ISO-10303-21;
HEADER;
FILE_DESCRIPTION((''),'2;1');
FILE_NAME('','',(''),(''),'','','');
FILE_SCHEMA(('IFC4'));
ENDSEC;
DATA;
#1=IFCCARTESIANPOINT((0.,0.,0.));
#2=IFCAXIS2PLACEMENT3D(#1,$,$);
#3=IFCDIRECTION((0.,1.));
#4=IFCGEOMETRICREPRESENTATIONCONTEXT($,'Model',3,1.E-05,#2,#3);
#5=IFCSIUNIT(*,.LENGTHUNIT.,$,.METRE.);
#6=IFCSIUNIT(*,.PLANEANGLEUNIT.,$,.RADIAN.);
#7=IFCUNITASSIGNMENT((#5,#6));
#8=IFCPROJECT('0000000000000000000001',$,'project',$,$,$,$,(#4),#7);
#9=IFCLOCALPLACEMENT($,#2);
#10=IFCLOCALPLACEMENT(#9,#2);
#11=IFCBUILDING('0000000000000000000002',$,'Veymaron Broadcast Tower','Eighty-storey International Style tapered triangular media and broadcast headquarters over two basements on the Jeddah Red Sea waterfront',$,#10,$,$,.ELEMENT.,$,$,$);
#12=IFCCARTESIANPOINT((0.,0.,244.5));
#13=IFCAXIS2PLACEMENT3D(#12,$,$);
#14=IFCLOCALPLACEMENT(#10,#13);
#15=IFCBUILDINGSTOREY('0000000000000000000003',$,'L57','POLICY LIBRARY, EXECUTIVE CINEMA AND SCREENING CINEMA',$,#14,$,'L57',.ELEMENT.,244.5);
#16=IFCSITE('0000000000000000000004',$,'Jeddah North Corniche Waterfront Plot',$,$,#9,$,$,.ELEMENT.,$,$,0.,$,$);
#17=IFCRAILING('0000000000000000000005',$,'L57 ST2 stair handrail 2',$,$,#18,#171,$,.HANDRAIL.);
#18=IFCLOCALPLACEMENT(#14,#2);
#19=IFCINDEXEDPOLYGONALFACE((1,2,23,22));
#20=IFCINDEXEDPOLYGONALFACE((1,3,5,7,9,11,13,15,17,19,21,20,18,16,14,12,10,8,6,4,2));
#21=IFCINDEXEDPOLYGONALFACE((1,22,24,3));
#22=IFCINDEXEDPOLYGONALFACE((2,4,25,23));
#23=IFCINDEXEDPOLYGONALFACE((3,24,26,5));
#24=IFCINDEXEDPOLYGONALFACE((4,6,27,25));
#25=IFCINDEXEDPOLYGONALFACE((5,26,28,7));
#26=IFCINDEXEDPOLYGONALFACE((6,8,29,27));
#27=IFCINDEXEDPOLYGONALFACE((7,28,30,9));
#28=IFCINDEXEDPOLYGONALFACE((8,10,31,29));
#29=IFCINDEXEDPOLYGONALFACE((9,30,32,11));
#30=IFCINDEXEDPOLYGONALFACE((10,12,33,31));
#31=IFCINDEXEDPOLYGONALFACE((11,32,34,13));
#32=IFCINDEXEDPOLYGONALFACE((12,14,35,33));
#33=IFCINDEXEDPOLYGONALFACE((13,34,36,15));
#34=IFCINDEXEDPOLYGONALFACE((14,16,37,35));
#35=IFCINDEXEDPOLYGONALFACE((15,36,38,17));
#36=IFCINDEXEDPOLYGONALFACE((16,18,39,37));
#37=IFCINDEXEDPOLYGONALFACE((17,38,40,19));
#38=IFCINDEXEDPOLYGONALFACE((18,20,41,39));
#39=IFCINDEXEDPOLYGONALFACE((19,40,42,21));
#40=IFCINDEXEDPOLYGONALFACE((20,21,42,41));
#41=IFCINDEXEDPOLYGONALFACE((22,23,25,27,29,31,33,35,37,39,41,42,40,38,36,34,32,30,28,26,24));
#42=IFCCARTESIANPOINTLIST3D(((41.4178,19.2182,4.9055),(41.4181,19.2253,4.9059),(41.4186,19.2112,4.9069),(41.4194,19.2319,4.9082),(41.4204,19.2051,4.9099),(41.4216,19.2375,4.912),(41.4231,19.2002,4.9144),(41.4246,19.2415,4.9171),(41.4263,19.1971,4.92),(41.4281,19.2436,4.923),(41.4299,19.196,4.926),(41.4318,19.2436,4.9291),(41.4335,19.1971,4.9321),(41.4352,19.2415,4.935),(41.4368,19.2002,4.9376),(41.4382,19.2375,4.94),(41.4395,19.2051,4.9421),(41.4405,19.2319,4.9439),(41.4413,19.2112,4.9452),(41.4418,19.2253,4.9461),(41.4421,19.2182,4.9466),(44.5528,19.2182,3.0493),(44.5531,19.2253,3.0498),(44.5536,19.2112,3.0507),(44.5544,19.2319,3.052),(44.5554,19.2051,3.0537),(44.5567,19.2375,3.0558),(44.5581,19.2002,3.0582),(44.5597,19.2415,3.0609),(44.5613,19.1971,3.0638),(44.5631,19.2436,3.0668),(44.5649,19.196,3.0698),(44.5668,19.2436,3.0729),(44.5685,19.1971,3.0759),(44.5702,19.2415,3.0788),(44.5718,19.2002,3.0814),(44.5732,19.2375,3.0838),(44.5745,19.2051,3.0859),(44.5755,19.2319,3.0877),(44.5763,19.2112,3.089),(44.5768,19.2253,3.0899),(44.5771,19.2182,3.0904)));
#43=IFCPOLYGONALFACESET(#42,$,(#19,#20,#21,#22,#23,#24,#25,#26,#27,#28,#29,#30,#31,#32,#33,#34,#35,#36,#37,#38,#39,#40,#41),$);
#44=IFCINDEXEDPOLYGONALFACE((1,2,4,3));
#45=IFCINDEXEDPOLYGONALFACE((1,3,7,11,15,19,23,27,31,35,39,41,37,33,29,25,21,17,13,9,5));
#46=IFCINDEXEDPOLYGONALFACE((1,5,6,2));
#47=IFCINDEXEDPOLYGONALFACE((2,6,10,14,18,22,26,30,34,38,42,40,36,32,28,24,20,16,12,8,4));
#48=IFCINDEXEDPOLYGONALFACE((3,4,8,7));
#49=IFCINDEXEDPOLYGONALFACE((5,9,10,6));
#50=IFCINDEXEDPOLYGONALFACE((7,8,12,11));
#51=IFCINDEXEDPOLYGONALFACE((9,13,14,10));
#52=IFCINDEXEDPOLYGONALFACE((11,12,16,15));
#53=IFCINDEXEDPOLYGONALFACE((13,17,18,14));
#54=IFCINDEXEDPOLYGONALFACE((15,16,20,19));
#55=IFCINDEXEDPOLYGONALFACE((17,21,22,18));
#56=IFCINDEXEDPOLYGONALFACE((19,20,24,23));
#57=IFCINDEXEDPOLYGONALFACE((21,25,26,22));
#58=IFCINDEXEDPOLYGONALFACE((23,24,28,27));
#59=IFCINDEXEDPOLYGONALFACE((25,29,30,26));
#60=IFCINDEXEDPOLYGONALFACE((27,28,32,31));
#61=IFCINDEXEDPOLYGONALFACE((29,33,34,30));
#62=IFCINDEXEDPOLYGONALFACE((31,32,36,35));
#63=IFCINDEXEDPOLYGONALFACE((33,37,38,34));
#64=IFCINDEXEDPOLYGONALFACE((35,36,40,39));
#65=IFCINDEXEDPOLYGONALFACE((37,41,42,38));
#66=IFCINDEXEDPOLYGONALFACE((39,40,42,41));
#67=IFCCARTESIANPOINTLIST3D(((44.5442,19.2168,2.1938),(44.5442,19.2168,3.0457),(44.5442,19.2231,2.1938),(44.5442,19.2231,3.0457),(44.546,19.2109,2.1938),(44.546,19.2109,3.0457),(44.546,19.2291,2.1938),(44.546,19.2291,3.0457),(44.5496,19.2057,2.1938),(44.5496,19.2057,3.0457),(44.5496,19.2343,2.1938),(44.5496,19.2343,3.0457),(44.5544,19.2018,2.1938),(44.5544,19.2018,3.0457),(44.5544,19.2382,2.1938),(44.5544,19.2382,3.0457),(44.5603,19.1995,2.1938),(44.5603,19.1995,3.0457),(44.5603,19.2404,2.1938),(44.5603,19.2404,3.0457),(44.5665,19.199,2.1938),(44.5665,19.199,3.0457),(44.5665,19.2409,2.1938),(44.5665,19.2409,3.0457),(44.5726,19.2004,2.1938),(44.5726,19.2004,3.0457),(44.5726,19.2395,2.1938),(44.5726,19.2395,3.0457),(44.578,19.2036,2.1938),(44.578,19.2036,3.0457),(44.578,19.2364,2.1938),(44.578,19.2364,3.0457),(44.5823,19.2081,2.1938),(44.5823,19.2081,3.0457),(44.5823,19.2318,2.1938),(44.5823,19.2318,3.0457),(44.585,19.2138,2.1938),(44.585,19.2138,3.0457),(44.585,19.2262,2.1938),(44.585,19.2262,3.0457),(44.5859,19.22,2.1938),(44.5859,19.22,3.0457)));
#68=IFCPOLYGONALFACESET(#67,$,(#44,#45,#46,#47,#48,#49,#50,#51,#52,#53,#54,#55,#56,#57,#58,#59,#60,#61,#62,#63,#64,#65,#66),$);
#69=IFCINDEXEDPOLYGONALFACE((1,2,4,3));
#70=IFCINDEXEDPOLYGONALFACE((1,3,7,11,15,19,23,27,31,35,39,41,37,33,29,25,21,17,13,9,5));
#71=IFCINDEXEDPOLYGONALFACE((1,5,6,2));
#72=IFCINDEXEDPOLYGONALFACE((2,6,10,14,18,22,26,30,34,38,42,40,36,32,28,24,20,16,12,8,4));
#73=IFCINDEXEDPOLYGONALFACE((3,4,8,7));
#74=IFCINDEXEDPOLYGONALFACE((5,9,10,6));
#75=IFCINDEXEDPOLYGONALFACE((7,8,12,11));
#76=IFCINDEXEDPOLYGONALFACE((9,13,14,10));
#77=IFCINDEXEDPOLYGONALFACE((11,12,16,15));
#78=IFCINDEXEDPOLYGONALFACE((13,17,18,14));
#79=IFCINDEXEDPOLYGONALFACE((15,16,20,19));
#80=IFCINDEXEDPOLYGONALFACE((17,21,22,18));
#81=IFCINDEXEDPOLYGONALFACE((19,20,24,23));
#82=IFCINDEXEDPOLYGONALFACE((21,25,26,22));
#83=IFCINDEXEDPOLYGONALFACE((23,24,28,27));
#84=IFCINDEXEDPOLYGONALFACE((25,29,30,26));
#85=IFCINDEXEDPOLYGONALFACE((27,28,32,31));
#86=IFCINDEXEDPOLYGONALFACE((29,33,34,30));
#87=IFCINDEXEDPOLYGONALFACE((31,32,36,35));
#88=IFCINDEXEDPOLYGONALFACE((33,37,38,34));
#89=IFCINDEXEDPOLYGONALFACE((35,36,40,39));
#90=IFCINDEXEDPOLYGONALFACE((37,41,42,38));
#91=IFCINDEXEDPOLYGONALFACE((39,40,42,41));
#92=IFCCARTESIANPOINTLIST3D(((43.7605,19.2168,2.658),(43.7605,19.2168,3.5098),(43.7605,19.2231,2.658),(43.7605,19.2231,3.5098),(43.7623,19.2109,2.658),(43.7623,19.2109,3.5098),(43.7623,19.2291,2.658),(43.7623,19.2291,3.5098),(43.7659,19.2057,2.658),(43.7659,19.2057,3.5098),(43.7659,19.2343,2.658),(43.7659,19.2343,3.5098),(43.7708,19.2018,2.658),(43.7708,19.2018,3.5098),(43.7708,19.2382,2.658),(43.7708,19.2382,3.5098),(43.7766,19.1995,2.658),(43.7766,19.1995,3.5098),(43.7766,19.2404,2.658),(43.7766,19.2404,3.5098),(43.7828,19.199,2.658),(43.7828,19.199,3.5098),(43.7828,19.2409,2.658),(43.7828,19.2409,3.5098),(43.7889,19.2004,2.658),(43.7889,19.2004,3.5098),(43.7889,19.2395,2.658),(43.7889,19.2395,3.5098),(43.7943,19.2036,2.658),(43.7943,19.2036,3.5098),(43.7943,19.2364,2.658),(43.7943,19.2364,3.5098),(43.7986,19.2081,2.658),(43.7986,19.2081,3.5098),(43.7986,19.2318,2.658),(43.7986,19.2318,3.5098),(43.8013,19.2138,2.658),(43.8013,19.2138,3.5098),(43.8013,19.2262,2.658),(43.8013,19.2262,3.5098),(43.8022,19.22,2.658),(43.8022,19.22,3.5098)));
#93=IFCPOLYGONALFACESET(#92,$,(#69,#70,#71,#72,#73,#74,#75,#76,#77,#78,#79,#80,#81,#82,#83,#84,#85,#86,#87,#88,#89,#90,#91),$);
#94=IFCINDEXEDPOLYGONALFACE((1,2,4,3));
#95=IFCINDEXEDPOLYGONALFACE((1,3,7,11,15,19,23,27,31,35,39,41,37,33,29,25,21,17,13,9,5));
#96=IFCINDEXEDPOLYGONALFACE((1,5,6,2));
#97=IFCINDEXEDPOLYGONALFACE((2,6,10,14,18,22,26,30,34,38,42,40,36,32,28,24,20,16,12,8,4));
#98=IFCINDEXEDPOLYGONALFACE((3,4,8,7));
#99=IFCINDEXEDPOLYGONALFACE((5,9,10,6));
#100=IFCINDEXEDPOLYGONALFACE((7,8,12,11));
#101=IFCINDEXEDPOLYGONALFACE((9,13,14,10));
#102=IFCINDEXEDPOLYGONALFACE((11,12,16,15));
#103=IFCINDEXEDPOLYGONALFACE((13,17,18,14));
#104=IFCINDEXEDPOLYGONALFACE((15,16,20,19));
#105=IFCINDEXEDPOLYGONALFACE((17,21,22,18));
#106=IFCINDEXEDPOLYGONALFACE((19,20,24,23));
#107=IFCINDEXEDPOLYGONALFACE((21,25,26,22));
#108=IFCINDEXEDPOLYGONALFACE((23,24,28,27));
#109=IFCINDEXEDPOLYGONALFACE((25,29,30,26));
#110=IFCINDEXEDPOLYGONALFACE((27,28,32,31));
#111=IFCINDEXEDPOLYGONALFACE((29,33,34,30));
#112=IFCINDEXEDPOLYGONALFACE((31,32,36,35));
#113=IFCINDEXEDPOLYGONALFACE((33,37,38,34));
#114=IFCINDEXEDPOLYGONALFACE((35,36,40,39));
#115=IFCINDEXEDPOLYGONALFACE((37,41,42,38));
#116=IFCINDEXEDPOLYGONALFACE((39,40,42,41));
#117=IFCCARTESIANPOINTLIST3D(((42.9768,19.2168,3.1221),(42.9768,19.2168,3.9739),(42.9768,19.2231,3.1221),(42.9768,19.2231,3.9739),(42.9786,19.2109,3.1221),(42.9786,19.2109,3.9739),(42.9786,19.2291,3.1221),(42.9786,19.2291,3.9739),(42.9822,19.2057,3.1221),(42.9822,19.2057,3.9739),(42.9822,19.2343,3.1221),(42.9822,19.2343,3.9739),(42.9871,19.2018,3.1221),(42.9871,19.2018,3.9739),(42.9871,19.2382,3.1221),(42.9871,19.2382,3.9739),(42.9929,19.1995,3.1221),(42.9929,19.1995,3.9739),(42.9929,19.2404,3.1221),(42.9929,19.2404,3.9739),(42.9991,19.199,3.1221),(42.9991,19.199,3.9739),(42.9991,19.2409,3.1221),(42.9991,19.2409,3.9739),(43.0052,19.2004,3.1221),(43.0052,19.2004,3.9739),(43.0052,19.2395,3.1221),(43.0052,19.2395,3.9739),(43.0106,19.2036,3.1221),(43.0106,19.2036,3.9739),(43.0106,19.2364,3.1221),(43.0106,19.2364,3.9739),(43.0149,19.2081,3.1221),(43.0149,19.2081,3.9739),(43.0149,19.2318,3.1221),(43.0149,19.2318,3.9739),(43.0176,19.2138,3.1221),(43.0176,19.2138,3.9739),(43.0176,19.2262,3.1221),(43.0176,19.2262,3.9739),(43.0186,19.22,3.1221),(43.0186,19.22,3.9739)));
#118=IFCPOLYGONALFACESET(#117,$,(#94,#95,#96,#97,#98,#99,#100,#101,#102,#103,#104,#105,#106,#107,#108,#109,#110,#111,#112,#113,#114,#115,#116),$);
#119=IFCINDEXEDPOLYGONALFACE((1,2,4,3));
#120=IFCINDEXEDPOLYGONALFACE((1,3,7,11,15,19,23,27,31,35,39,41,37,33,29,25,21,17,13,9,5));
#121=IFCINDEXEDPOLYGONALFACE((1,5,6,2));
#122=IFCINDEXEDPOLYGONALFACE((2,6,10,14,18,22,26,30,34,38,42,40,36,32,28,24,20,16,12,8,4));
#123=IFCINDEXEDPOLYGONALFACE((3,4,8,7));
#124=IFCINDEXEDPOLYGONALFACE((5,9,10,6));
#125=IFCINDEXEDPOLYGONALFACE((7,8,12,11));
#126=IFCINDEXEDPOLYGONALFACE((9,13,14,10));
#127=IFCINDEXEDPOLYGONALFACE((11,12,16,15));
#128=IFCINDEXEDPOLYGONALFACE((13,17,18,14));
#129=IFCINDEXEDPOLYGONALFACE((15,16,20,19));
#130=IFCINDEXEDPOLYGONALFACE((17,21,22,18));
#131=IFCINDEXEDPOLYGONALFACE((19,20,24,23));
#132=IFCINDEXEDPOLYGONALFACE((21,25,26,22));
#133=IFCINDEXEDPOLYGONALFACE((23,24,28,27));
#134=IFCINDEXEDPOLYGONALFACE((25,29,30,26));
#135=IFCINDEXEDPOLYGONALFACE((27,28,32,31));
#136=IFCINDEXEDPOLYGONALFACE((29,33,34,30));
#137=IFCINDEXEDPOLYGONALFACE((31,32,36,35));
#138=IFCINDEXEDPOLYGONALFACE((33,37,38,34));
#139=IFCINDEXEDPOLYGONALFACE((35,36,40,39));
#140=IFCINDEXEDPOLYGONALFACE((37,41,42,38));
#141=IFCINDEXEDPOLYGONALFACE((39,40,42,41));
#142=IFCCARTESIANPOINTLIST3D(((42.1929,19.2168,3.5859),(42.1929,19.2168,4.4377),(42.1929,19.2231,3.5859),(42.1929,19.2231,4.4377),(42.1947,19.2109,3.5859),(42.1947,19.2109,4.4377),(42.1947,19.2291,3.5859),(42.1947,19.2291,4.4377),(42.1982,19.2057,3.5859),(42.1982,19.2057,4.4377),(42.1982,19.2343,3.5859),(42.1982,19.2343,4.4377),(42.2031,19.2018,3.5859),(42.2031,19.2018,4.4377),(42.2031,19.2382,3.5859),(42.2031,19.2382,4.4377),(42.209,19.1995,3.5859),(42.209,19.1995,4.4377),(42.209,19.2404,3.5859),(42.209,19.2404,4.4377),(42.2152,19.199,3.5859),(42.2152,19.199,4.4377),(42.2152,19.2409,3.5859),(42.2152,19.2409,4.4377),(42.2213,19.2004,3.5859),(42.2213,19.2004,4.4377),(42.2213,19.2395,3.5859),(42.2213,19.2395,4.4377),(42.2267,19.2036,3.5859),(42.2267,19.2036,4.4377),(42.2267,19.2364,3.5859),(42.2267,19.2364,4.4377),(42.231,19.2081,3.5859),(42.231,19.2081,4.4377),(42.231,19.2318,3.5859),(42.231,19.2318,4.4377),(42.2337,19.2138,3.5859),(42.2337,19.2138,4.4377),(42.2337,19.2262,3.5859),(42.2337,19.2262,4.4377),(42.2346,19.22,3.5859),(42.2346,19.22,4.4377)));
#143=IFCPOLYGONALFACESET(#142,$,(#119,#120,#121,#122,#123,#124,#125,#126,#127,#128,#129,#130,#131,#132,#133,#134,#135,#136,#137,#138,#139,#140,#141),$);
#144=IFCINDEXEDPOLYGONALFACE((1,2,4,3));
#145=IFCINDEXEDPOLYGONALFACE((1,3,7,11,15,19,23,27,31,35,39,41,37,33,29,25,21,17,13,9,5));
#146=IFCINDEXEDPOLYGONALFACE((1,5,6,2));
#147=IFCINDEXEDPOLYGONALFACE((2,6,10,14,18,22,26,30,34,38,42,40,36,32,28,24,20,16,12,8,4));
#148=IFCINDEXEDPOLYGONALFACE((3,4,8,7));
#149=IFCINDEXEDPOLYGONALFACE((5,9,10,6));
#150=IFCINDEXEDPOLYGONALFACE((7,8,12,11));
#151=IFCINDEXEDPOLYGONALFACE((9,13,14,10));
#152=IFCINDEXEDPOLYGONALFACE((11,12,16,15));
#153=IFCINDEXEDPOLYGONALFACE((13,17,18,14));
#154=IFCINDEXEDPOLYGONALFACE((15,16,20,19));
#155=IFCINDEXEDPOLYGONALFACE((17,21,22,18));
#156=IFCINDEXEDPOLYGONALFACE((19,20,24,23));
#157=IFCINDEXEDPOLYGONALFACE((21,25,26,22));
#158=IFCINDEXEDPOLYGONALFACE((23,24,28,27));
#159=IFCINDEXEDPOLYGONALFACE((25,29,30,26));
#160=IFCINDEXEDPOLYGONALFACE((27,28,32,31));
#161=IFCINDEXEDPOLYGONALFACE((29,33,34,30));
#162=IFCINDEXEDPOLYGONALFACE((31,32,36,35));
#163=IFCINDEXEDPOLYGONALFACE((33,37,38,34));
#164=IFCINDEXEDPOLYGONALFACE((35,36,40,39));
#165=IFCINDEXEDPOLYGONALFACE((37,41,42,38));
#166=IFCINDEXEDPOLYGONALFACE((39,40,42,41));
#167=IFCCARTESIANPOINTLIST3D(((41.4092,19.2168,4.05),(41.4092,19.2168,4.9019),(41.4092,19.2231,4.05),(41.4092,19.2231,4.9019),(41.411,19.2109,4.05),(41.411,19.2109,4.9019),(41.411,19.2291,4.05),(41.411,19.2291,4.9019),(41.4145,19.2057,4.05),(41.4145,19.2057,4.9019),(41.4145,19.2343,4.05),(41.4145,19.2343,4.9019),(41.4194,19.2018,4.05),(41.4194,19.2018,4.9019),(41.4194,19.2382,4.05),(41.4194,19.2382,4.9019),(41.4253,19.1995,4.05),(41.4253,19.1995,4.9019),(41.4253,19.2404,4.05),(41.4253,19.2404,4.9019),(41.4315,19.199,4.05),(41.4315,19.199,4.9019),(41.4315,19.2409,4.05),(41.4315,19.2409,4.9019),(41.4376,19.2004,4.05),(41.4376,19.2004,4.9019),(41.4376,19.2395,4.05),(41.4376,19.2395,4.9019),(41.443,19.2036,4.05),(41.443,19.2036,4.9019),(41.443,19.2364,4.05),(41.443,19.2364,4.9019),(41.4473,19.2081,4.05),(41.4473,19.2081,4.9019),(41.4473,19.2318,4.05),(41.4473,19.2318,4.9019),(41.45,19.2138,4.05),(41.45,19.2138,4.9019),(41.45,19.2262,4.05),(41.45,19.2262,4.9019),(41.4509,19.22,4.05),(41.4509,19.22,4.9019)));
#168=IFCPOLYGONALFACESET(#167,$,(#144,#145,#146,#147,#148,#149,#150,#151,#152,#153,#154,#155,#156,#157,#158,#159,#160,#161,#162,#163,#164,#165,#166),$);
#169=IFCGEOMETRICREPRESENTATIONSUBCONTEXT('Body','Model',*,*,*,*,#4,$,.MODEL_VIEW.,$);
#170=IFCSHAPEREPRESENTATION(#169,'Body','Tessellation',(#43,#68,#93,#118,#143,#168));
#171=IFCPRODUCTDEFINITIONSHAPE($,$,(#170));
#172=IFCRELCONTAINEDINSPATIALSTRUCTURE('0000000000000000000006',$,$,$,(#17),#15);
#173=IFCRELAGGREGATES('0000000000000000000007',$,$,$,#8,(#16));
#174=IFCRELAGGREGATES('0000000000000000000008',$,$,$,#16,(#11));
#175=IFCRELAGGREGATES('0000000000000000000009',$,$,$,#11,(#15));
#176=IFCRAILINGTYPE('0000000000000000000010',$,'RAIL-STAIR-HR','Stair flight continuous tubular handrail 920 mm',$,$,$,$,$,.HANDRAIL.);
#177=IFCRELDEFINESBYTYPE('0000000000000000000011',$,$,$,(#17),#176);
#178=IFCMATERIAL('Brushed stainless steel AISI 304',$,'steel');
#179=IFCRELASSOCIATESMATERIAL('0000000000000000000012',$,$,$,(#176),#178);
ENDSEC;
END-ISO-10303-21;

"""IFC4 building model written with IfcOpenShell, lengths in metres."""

from ifc_helpers import new_model, si_unit, direction, frame, origin, origin_2d, place, context, subcontext, project, spatial, circle, extrude, material, type_object, element, save


model = new_model("IFC4")

# Units and contexts
model_context = context("Model", 3, precision=1e-05, world=origin(), true_north=direction((0.0, 1.0)))
body_context = subcontext(model_context, "Body", "Model", "MODEL_VIEW")
ifc_project = project(units=[si_unit("LENGTHUNIT", "METRE"), si_unit("PLANEANGLEUNIT", "RADIAN")], contexts=[model_context])

# Site, building, storey
site_placement = place(None, origin())
site = spatial("IfcSite", under=ifc_project, at=site_placement, Name="Jeddah North Corniche Waterfront Plot", CompositionType="ELEMENT", RefElevation=0.0)
building_placement = place(site_placement, origin())
building = spatial("IfcBuilding", under=site, at=building_placement, Name="Veymaron Broadcast Tower", Description="Eighty-storey International Style tapered triangular media and broadcast headquarters over two basements on the Jeddah Red Sea waterfront", CompositionType="ELEMENT")
storey_placement = place(building_placement, frame((0.0, 0.0, 244.5)))
storey = spatial("IfcBuildingStorey", under=building, at=storey_placement, Name="L57", Description="POLICY LIBRARY, EXECUTIVE CINEMA AND SCREENING CINEMA", LongName="L57", CompositionType="ELEMENT", Elevation=244.5)

# Shared definitions
ifc_material_1 = material(Name="Brushed stainless steel AISI 304", Category="steel")

# Railing
railing_type_1 = type_object("IfcRailingType", Name="RAIL-STAIR-HR", Description="Stair flight continuous tubular handrail 920 mm", PredefinedType="HANDRAIL", material=ifc_material_1)
railing_1_placement = place(storey_placement, frame((44.5649, 19.22, 2.1938)))
element("IfcRailing", 1, at=railing_1_placement, inside=storey, type_object=railing_type_1, Name="L57 ST2 stair handrail 2", PredefinedType="HANDRAIL", context=body_context, shape_type="SweptSolid", body=[
    extrude(circle(Radius=0.0239, at=origin_2d()), frame((0.0, 0.0, 0.876), z_axis=(-0.860482, 0.0, 0.509481), x_axis=(0.0, -1.0, 0.0)), (0.0, 0.0, 1.0), 3.6433),
    extrude(circle(Radius=0.021, at=origin_2d()), origin(), (0.0, 0.0, 1.0), 0.8518),
    extrude(circle(Radius=0.021, at=origin_2d()), frame((-0.7837, 0.0, 0.4641)), (0.0, 0.0, 1.0), 0.8518),
    extrude(circle(Radius=0.021, at=origin_2d()), frame((-1.5674, 0.0, 0.9282)), (0.0, 0.0, 1.0), 0.8518),
    extrude(circle(Radius=0.021, at=origin_2d()), frame((-2.3513, 0.0, 1.3921)), (0.0, 0.0, 1.0), 0.8518),
    extrude(circle(Radius=0.021, at=origin_2d()), frame((-3.135, 0.0, 1.8562)), (0.0, 0.0, 1.0), 0.8518),
])

save(model, "model.ifc")
